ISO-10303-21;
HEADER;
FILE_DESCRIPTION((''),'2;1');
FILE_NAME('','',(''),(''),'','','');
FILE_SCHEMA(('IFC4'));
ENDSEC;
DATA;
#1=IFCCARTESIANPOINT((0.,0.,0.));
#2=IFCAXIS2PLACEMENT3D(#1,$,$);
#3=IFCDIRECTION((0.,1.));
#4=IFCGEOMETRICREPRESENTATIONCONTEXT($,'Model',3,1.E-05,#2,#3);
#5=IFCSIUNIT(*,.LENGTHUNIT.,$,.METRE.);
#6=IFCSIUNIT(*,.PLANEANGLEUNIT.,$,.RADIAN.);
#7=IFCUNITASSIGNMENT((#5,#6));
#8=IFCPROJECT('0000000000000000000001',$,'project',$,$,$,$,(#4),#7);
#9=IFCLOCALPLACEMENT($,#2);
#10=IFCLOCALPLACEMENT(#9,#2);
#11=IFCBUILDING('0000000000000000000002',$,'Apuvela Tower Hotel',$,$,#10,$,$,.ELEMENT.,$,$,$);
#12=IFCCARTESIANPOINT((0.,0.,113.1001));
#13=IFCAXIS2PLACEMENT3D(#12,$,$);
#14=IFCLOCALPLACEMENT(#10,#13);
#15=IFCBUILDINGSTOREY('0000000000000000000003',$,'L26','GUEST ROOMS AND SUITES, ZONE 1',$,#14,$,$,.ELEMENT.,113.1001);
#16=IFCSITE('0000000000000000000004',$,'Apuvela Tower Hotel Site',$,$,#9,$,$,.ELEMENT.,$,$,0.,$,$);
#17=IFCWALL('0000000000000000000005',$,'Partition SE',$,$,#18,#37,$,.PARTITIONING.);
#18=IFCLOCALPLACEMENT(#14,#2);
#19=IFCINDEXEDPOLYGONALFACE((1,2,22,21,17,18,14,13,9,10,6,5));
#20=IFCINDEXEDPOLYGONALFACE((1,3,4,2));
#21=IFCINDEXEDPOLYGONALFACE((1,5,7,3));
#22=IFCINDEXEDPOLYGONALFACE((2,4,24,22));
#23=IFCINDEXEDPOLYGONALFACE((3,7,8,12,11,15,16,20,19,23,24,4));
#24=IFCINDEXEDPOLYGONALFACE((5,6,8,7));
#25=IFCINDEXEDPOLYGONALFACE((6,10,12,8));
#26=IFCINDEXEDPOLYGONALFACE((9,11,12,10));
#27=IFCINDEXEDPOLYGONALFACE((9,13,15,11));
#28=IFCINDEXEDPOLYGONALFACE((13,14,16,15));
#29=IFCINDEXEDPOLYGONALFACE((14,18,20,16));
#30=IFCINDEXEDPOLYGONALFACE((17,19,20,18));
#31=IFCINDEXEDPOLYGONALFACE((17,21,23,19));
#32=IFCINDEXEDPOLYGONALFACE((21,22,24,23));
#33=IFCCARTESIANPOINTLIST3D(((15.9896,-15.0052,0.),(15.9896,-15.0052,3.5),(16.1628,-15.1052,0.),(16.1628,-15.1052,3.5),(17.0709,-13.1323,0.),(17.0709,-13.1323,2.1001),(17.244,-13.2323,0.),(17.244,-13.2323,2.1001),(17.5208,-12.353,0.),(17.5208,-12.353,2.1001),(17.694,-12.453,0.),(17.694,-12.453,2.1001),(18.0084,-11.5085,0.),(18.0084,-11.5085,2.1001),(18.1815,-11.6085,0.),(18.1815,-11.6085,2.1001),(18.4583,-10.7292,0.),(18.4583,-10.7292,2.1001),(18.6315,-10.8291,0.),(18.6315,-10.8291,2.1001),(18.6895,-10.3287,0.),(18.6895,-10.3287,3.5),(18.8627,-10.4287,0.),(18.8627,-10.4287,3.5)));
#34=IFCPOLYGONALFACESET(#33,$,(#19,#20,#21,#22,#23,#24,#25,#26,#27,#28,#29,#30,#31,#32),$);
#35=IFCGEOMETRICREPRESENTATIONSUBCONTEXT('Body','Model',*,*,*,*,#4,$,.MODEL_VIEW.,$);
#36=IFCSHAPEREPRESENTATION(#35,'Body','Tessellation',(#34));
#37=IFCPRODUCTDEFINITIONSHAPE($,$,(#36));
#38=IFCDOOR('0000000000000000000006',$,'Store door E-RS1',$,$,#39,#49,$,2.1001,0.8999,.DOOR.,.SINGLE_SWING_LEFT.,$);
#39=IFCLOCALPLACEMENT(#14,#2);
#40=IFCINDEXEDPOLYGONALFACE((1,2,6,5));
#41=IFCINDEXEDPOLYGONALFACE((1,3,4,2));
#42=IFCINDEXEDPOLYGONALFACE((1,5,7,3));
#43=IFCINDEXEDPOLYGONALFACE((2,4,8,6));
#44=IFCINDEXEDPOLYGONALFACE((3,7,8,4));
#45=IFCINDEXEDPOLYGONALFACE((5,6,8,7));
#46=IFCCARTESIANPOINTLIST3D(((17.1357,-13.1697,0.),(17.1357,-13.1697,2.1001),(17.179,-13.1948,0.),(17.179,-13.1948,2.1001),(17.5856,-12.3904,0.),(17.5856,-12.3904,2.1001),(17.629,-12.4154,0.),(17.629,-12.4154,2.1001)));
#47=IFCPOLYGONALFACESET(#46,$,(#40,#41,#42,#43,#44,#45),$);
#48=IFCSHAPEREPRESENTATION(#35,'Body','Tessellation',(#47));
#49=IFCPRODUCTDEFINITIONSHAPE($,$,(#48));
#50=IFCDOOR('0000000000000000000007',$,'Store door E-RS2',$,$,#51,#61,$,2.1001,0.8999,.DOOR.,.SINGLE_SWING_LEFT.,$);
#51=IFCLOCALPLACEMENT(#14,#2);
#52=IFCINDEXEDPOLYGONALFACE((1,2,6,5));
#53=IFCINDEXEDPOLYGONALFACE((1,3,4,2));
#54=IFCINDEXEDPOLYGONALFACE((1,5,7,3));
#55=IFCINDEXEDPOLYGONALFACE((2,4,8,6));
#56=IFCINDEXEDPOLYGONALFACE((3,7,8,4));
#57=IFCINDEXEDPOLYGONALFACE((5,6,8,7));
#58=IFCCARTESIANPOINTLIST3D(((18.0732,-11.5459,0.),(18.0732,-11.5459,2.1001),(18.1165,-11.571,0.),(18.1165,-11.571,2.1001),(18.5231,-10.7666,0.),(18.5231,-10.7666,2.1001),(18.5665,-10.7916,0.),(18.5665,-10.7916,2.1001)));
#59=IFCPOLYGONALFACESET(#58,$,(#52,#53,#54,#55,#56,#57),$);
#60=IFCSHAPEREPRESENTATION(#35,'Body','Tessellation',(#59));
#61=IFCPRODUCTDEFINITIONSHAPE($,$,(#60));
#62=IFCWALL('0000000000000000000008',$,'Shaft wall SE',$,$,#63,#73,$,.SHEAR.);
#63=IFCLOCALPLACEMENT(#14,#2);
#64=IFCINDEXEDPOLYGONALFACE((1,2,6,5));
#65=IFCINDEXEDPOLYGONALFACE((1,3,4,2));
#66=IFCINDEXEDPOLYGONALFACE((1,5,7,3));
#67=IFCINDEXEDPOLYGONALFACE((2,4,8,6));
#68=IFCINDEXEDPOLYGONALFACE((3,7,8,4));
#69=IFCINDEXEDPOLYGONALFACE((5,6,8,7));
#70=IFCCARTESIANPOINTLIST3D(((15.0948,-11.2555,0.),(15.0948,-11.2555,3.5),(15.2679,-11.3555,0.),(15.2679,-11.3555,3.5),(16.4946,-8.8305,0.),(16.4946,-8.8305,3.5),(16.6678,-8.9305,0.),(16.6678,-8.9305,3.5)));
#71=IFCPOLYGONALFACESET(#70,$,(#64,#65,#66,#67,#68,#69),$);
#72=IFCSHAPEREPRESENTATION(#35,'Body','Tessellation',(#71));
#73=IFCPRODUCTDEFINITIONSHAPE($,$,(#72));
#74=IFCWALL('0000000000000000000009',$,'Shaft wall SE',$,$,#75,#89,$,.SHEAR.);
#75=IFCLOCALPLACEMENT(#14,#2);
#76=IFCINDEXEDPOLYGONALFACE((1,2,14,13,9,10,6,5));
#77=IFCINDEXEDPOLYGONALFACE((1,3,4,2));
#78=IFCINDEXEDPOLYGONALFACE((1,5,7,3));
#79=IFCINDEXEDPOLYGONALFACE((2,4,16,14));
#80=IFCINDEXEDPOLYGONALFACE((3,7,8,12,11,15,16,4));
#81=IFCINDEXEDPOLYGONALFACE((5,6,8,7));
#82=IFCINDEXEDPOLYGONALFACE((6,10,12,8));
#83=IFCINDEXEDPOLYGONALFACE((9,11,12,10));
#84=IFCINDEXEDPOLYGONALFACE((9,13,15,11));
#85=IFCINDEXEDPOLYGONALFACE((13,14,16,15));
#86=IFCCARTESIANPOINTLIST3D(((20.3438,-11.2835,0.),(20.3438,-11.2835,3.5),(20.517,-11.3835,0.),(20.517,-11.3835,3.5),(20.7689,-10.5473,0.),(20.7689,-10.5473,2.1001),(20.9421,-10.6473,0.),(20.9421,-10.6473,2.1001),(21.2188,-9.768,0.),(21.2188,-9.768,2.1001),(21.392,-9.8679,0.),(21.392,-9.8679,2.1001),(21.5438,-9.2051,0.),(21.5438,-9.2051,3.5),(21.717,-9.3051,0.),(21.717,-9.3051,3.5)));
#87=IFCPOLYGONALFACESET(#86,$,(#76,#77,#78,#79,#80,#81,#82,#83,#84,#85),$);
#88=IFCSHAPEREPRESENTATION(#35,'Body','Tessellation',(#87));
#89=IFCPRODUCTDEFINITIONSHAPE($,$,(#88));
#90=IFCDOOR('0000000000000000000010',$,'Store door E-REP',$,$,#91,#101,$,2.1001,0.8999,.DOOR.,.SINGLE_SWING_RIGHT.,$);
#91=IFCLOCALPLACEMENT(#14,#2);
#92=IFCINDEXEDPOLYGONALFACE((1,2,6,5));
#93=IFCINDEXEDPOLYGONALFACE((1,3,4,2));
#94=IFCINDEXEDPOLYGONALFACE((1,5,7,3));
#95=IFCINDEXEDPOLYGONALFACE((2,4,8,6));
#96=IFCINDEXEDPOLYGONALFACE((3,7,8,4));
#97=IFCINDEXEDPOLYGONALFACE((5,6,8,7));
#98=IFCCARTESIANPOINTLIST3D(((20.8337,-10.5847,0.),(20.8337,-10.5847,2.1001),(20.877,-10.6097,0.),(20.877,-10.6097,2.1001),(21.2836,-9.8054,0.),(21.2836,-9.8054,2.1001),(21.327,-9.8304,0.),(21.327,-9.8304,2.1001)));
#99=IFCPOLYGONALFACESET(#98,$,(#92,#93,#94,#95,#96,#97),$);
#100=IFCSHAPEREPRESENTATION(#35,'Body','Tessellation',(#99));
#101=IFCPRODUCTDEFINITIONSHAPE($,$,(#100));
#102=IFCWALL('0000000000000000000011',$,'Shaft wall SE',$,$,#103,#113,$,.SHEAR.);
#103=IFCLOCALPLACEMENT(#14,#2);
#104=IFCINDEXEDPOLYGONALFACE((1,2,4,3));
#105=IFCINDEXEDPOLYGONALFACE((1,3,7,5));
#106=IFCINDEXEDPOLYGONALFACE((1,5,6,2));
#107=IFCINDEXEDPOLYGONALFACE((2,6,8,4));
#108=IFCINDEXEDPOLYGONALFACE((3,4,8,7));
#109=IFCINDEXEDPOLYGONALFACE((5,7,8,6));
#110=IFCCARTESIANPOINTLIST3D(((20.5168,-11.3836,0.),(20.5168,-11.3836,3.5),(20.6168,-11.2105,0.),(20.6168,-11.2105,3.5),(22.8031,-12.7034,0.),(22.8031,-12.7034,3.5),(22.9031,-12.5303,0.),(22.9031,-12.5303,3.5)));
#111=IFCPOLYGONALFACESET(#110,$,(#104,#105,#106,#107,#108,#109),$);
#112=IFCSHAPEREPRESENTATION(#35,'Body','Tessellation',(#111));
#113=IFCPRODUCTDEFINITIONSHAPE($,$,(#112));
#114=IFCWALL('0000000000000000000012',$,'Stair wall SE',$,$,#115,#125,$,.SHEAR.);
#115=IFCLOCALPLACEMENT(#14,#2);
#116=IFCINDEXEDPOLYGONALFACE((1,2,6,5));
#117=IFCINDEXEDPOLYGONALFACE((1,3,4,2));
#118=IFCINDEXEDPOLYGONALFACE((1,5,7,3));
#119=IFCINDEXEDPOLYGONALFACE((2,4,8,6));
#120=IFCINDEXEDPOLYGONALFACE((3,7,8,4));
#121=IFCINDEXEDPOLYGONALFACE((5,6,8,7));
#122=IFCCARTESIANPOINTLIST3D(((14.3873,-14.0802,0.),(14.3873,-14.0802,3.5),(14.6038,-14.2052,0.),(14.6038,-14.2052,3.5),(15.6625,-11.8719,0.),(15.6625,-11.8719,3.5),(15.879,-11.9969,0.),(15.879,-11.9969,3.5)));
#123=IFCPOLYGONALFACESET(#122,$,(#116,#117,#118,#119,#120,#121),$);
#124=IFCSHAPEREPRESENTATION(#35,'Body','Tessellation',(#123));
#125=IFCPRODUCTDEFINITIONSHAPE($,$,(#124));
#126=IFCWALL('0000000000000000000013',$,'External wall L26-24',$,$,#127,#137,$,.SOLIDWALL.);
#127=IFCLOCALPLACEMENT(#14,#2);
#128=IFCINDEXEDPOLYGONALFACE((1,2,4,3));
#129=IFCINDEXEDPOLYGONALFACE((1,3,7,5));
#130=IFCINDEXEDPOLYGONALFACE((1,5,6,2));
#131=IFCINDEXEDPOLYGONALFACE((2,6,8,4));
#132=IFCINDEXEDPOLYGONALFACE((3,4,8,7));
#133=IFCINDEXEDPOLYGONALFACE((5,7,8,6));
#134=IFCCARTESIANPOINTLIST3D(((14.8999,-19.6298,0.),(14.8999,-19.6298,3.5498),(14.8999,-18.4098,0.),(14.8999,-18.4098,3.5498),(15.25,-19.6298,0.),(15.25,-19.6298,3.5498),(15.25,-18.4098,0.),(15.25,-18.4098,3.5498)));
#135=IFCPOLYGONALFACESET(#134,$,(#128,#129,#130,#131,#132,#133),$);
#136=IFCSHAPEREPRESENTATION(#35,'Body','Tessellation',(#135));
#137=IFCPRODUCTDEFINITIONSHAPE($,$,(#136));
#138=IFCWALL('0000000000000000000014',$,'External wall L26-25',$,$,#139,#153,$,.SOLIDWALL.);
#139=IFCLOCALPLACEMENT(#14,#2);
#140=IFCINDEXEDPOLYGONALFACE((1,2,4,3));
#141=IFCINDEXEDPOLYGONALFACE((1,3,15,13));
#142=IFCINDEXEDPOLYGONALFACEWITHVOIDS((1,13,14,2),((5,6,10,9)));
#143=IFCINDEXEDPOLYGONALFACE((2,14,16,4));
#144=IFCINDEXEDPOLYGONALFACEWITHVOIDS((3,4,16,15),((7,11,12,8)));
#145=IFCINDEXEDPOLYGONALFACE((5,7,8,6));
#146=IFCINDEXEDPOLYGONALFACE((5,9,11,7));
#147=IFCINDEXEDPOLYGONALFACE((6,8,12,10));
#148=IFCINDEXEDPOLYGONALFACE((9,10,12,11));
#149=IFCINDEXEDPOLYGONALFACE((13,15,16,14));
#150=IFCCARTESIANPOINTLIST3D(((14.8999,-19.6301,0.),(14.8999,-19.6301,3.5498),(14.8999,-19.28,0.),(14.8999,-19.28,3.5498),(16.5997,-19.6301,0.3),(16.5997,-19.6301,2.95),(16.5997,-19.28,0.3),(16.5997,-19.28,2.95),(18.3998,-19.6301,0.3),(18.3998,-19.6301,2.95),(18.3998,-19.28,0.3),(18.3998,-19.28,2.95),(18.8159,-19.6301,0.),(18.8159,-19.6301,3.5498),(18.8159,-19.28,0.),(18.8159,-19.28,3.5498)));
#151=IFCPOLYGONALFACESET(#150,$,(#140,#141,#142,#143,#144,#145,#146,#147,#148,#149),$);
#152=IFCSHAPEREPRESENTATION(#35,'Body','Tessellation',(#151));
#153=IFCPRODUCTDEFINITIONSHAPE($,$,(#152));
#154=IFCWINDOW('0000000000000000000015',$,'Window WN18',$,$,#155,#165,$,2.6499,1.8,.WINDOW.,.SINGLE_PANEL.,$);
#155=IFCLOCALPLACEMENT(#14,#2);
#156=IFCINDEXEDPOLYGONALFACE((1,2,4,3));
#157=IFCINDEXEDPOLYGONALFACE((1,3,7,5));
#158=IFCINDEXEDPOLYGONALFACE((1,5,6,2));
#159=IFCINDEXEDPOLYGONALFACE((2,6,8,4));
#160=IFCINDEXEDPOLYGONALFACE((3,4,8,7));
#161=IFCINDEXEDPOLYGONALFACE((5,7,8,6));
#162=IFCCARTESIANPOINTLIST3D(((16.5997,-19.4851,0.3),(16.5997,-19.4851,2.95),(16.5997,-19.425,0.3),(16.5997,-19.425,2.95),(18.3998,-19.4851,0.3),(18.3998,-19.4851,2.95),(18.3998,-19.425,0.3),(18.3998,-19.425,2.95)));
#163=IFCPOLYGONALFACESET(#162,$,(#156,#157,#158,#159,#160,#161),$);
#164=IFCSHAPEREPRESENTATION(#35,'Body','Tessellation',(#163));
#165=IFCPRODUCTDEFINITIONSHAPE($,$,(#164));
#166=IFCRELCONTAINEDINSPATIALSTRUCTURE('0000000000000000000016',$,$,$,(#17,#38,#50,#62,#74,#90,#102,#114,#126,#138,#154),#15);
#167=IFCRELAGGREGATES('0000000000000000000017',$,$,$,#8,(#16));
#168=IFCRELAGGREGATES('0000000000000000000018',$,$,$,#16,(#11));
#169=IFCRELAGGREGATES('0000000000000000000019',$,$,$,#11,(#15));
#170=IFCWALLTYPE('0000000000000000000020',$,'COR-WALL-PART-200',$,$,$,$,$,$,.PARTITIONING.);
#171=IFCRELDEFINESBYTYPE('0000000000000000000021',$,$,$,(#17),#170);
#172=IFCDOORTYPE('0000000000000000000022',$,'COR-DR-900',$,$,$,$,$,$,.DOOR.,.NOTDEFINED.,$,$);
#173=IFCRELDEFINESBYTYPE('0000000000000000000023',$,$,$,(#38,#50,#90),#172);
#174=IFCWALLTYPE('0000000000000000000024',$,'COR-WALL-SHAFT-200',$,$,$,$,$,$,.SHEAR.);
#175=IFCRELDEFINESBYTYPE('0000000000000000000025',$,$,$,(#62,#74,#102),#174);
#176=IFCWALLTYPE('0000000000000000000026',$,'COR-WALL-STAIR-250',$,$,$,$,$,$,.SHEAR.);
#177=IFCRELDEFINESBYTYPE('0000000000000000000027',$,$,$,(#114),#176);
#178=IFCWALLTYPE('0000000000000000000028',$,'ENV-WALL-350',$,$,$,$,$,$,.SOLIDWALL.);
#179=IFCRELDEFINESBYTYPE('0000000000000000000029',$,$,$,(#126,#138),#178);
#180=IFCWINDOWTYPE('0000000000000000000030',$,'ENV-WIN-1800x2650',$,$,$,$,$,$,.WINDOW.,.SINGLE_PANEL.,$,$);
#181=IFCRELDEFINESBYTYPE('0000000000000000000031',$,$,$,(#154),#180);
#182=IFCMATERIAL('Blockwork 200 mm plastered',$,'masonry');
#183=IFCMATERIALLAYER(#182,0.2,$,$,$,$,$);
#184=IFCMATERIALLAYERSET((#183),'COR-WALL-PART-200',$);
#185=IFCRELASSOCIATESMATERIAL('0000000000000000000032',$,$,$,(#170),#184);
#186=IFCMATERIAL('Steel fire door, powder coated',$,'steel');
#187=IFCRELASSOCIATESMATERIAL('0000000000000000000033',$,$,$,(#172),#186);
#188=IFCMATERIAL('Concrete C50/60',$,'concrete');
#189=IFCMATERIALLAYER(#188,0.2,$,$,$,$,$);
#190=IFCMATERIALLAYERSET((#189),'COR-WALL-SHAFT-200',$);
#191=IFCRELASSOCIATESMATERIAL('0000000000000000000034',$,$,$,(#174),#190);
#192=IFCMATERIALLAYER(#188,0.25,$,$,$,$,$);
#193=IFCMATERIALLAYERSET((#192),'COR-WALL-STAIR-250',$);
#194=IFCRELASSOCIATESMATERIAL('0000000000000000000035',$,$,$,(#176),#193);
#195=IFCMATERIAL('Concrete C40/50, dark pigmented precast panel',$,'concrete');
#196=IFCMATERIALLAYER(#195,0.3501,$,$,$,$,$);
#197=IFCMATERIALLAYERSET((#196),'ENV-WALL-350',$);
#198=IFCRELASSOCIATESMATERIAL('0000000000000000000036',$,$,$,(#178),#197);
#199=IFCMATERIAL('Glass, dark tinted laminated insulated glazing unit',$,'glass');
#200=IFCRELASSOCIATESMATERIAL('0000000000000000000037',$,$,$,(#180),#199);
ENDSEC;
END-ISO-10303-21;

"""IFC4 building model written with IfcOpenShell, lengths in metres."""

from ifc_helpers import new_model, si_unit, direction, frame, frame_2d, origin, place, context, subcontext, project, spatial, rectangle, extrude, material, layer, layer_set, type_object, element, fill, save


model = new_model("IFC4")

# Units and contexts
model_context = context("Model", 3, precision=1e-05, world=origin(), true_north=direction((0.0, 1.0)))
body_context = subcontext(model_context, "Body", "Model", "MODEL_VIEW")
ifc_project = project(units=[si_unit("LENGTHUNIT", "METRE"), si_unit("PLANEANGLEUNIT", "RADIAN")], contexts=[model_context])

# Site, building, storey
site_placement = place(None, origin())
site = spatial("IfcSite", under=ifc_project, at=site_placement, Name="Apuvela Tower Hotel Site", CompositionType="ELEMENT", RefElevation=0.0)
building_placement = place(site_placement, origin())
building = spatial("IfcBuilding", under=site, at=building_placement, Name="Apuvela Tower Hotel", CompositionType="ELEMENT")
storey_placement = place(building_placement, frame((0.0, 0.0, 113.1001)))
storey = spatial("IfcBuildingStorey", under=building, at=storey_placement, Name="L26", Description="GUEST ROOMS AND SUITES, ZONE 1", CompositionType="ELEMENT", Elevation=113.1001)

# Wall, openings, doors
ifc_material_1 = material(Name="Blockwork 200 mm plastered", Category="masonry")
ifc_layer_1 = layer(ifc_material_1, 0.2)
ifc_layer_set_1 = layer_set([ifc_layer_1], Name="COR-WALL-PART-200")
wall_type_1 = type_object("IfcWallType", Name="COR-WALL-PART-200", PredefinedType="PARTITIONING", material=ifc_layer_set_1)
wall_1_placement = place(storey_placement, frame((16.0762, -15.0552, 0.0), z_axis=(0.0, 0.0, 1.0), x_axis=(0.499995, 0.866028, 0.0)))
wall_1 = element("IfcWall", 1, at=wall_1_placement, inside=storey, type_object=wall_type_1, Name="Partition SE", PredefinedType="PARTITIONING", context=body_context, shape_type="SweptSolid", body=[
    extrude(rectangle(XDim=5.3999, YDim=0.2, at=frame_2d((2.7, 0.0))), origin(), (0.0, 0.0, 1.0), 3.5),
])
opening_1_placement = place(wall_1_placement, frame((2.1626, 0.0, 0.0)))
opening_1 = element("IfcOpeningElement", 2, at=opening_1_placement, cuts=wall_1, PredefinedType="OPENING", context=body_context, shape_type="SweptSolid", body=[
    extrude(rectangle(XDim=0.8999, YDim=2.1001, at=frame_2d((0.45, 1.05))), frame((0.0, 0.1099, 0.0), z_axis=(0.0, -1.0, 0.0), x_axis=(1.0, 0.0, 0.0)), (0.0, 0.0, 1.0), 0.22),
])
opening_2_placement = place(wall_1_placement, frame((4.0376, 0.0, 0.0)))
opening_2 = element("IfcOpeningElement", 3, at=opening_2_placement, cuts=wall_1, PredefinedType="OPENING", context=body_context, shape_type="SweptSolid", body=[
    extrude(rectangle(XDim=0.8999, YDim=2.1001, at=frame_2d((0.45, 1.05))), frame((0.0, 0.1099, 0.0), z_axis=(0.0, -1.0, 0.0), x_axis=(1.0, 0.0, 0.0)), (0.0, 0.0, 1.0), 0.22),
])
ifc_material_2 = material(Name="Steel fire door, powder coated", Category="steel")
door_type_1 = type_object("IfcDoorType", Name="COR-DR-900", OperationType="NOTDEFINED", PredefinedType="DOOR", material=ifc_material_2)
door_1_placement = place(opening_1_placement, frame((0.8999, 0.0, 0.0), z_axis=(0.0, 0.0, 1.0), x_axis=(-1.0, 0.0, 0.0)))
door_1 = element("IfcDoor", 4, at=door_1_placement, inside=storey, type_object=door_type_1, Name="Store door E-RS1", OperationType="SINGLE_SWING_LEFT", OverallHeight=2.1001, OverallWidth=0.8999, PredefinedType="DOOR", context=body_context, shape_type="SweptSolid", body=[
    extrude(rectangle(XDim=0.8999, YDim=2.1001, at=frame_2d((0.45, 1.05))), frame((0.0, 0.0249, 0.0), z_axis=(0.0, -1.0, 0.0), x_axis=(1.0, 0.0, 0.0)), (0.0, 0.0, 1.0), 0.05),
])
fill(opening_1, door_1)
door_2_placement = place(opening_2_placement, frame((0.8999, 0.0, 0.0), z_axis=(0.0, 0.0, 1.0), x_axis=(-1.0, 0.0, 0.0)))
door_2 = element("IfcDoor", 5, at=door_2_placement, inside=storey, type_object=door_type_1, Name="Store door E-RS2", OperationType="SINGLE_SWING_LEFT", OverallHeight=2.1001, OverallWidth=0.8999, PredefinedType="DOOR", context=body_context, shape_type="SweptSolid", body=[
    extrude(rectangle(XDim=0.8999, YDim=2.1001, at=frame_2d((0.45, 1.05))), frame((0.0, 0.0249, 0.0), z_axis=(0.0, -1.0, 0.0), x_axis=(1.0, 0.0, 0.0)), (0.0, 0.0, 1.0), 0.05),
])
fill(opening_2, door_2)

# Wall
ifc_material_3 = material(Name="Concrete C50/60", Category="concrete")
ifc_layer_2 = layer(ifc_material_3, 0.2)
ifc_layer_set_2 = layer_set([ifc_layer_2], Name="COR-WALL-SHAFT-200")
wall_type_2 = type_object("IfcWallType", Name="COR-WALL-SHAFT-200", PredefinedType="SHEAR", material=ifc_layer_set_2)
wall_2_placement = place(storey_placement, frame((15.1814, -11.3054, 0.0), z_axis=(0.0, 0.0, 1.0), x_axis=(0.499946, 0.866056, 0.0)))
element("IfcWall", 6, at=wall_2_placement, inside=storey, type_object=wall_type_2, Name="Shaft wall SE", PredefinedType="SHEAR", context=body_context, shape_type="SweptSolid", body=[
    extrude(rectangle(XDim=2.8, YDim=0.2, at=frame_2d((1.3999, 0.0))), origin(), (0.0, 0.0, 1.0), 3.5),
])

# Wall, opening, door
wall_3_placement = place(storey_placement, frame((20.4304, -11.3335, 0.0), z_axis=(0.0, 0.0, 1.0), x_axis=(0.500001, 0.866025, 0.0)))
wall_3 = element("IfcWall", 7, at=wall_3_placement, inside=storey, type_object=wall_type_2, Name="Shaft wall SE", PredefinedType="SHEAR", context=body_context, shape_type="SweptSolid", body=[
    extrude(rectangle(XDim=2.3999, YDim=0.2, at=frame_2d((1.2, 0.0))), origin(), (0.0, 0.0, 1.0), 3.5),
])
opening_3_placement = place(wall_3_placement, frame((0.8501, 0.0, 0.0)))
opening_3 = element("IfcOpeningElement", 8, at=opening_3_placement, cuts=wall_3, PredefinedType="OPENING", context=body_context, shape_type="SweptSolid", body=[
    extrude(rectangle(XDim=0.8999, YDim=2.1001, at=frame_2d((0.45, 1.05))), frame((0.0, 0.1099, 0.0), z_axis=(0.0, -1.0, 0.0), x_axis=(1.0, 0.0, 0.0)), (0.0, 0.0, 1.0), 0.22),
])
door_3_placement = place(opening_3_placement, frame((0.8999, 0.0, 0.0), z_axis=(0.0, 0.0, 1.0), x_axis=(-1.0, 0.0, 0.0)))
door_3 = element("IfcDoor", 9, at=door_3_placement, inside=storey, type_object=door_type_1, Name="Store door E-REP", OperationType="SINGLE_SWING_RIGHT", OverallHeight=2.1001, OverallWidth=0.8999, PredefinedType="DOOR", context=body_context, shape_type="SweptSolid", body=[
    extrude(rectangle(XDim=0.8999, YDim=2.1001, at=frame_2d((0.45, 1.05))), frame((0.0, 0.0249, 0.0), z_axis=(0.0, -1.0, 0.0), x_axis=(1.0, 0.0, 0.0)), (0.0, 0.0, 1.0), 0.05),
])
fill(opening_3, door_3)

# Walls
wall_4_placement = place(storey_placement, frame((20.5669, -11.2971, 0.0), z_axis=(0.0, 0.0, 1.0), x_axis=(0.866061, -0.499939, 0.0)))
element("IfcWall", 10, at=wall_4_placement, inside=storey, type_object=wall_type_2, Name="Shaft wall SE", PredefinedType="SHEAR", context=body_context, shape_type="SweptSolid", body=[
    extrude(rectangle(XDim=2.6399, YDim=0.2, at=frame_2d((1.3198, 0.0))), origin(), (0.0, 0.0, 1.0), 3.5),
])
ifc_layer_3 = layer(ifc_material_3, 0.25)
ifc_layer_set_3 = layer_set([ifc_layer_3], Name="COR-WALL-STAIR-250")
wall_type_3 = type_object("IfcWallType", Name="COR-WALL-STAIR-250", PredefinedType="SHEAR", material=ifc_layer_set_3)
wall_5_placement = place(storey_placement, frame((14.4956, -14.1426, 0.0), z_axis=(0.0, 0.0, 1.0), x_axis=(0.500062, 0.865989, 0.0)))
element("IfcWall", 11, at=wall_5_placement, inside=storey, type_object=wall_type_3, Name="Stair wall SE", PredefinedType="SHEAR", context=body_context, shape_type="SweptSolid", body=[
    extrude(rectangle(XDim=2.55, YDim=0.25, at=frame_2d((1.2749, 0.0))), origin(), (0.0, 0.0, 1.0), 3.5),
])
ifc_material_4 = material(Name="Concrete C40/50, dark pigmented precast panel", Category="concrete")
ifc_layer_4 = layer(ifc_material_4, 0.3501)
ifc_layer_set_4 = layer_set([ifc_layer_4], Name="ENV-WALL-350")
wall_type_4 = type_object("IfcWallType", Name="ENV-WALL-350", PredefinedType="SOLIDWALL", material=ifc_layer_set_4)
wall_6_placement = place(storey_placement, frame((15.075, -18.4099, 0.0), z_axis=(0.0, 0.0, 1.0), x_axis=(0.0, -1.0, 0.0)))
element("IfcWall", 12, at=wall_6_placement, inside=storey, type_object=wall_type_4, Name="External wall L26-24", PredefinedType="SOLIDWALL", context=body_context, shape_type="SweptSolid", body=[
    extrude(rectangle(XDim=1.22, YDim=0.3501, at=frame_2d((0.6099, 0.0))), origin(), (0.0, 0.0, 1.0), 3.5498),
])

# Wall, opening, window
wall_7_placement = place(storey_placement, frame((14.8999, -19.4551, 0.0), z_axis=(0.0, 0.0, 1.0), x_axis=(1.0, 0.0, 0.0)))
wall_7 = element("IfcWall", 13, at=wall_7_placement, inside=storey, type_object=wall_type_4, Name="External wall L26-25", PredefinedType="SOLIDWALL", context=body_context, shape_type="SweptSolid", body=[
    extrude(rectangle(XDim=3.916, YDim=0.3501, at=frame_2d((1.958, 0.0))), origin(), (0.0, 0.0, 1.0), 3.5498),
])
opening_4_placement = place(wall_7_placement, frame((1.7, 0.0, 0.3)))
opening_4 = element("IfcOpeningElement", 14, at=opening_4_placement, cuts=wall_7, PredefinedType="OPENING", context=body_context, shape_type="SweptSolid", body=[
    extrude(rectangle(XDim=1.8, YDim=2.6499, at=frame_2d((0.8999, 1.325))), frame((0.0, 0.1851, 0.0), z_axis=(0.0, -1.0, 0.0), x_axis=(1.0, 0.0, 0.0)), (0.0, 0.0, 1.0), 0.3701),
])
ifc_material_5 = material(Name="Glass, dark tinted laminated insulated glazing unit", Category="glass")
window_type = type_object("IfcWindowType", Name="ENV-WIN-1800x2650", PartitioningType="SINGLE_PANEL", PredefinedType="WINDOW", material=ifc_material_5)
window_placement = place(opening_4_placement, origin())
window = element("IfcWindow", 15, at=window_placement, inside=storey, type_object=window_type, Name="Window WN18", OverallHeight=2.6499, OverallWidth=1.8, PartitioningType="SINGLE_PANEL", PredefinedType="WINDOW", context=body_context, shape_type="SweptSolid", body=[
    extrude(rectangle(XDim=1.8, YDim=2.6499, at=frame_2d((0.8999, 1.325))), frame((0.0, 0.03, 0.0), z_axis=(0.0, -1.0, 0.0), x_axis=(1.0, 0.0, 0.0)), (0.0, 0.0, 1.0), 0.0601),
])
fill(opening_4, window)

save(model, "model.ifc")
